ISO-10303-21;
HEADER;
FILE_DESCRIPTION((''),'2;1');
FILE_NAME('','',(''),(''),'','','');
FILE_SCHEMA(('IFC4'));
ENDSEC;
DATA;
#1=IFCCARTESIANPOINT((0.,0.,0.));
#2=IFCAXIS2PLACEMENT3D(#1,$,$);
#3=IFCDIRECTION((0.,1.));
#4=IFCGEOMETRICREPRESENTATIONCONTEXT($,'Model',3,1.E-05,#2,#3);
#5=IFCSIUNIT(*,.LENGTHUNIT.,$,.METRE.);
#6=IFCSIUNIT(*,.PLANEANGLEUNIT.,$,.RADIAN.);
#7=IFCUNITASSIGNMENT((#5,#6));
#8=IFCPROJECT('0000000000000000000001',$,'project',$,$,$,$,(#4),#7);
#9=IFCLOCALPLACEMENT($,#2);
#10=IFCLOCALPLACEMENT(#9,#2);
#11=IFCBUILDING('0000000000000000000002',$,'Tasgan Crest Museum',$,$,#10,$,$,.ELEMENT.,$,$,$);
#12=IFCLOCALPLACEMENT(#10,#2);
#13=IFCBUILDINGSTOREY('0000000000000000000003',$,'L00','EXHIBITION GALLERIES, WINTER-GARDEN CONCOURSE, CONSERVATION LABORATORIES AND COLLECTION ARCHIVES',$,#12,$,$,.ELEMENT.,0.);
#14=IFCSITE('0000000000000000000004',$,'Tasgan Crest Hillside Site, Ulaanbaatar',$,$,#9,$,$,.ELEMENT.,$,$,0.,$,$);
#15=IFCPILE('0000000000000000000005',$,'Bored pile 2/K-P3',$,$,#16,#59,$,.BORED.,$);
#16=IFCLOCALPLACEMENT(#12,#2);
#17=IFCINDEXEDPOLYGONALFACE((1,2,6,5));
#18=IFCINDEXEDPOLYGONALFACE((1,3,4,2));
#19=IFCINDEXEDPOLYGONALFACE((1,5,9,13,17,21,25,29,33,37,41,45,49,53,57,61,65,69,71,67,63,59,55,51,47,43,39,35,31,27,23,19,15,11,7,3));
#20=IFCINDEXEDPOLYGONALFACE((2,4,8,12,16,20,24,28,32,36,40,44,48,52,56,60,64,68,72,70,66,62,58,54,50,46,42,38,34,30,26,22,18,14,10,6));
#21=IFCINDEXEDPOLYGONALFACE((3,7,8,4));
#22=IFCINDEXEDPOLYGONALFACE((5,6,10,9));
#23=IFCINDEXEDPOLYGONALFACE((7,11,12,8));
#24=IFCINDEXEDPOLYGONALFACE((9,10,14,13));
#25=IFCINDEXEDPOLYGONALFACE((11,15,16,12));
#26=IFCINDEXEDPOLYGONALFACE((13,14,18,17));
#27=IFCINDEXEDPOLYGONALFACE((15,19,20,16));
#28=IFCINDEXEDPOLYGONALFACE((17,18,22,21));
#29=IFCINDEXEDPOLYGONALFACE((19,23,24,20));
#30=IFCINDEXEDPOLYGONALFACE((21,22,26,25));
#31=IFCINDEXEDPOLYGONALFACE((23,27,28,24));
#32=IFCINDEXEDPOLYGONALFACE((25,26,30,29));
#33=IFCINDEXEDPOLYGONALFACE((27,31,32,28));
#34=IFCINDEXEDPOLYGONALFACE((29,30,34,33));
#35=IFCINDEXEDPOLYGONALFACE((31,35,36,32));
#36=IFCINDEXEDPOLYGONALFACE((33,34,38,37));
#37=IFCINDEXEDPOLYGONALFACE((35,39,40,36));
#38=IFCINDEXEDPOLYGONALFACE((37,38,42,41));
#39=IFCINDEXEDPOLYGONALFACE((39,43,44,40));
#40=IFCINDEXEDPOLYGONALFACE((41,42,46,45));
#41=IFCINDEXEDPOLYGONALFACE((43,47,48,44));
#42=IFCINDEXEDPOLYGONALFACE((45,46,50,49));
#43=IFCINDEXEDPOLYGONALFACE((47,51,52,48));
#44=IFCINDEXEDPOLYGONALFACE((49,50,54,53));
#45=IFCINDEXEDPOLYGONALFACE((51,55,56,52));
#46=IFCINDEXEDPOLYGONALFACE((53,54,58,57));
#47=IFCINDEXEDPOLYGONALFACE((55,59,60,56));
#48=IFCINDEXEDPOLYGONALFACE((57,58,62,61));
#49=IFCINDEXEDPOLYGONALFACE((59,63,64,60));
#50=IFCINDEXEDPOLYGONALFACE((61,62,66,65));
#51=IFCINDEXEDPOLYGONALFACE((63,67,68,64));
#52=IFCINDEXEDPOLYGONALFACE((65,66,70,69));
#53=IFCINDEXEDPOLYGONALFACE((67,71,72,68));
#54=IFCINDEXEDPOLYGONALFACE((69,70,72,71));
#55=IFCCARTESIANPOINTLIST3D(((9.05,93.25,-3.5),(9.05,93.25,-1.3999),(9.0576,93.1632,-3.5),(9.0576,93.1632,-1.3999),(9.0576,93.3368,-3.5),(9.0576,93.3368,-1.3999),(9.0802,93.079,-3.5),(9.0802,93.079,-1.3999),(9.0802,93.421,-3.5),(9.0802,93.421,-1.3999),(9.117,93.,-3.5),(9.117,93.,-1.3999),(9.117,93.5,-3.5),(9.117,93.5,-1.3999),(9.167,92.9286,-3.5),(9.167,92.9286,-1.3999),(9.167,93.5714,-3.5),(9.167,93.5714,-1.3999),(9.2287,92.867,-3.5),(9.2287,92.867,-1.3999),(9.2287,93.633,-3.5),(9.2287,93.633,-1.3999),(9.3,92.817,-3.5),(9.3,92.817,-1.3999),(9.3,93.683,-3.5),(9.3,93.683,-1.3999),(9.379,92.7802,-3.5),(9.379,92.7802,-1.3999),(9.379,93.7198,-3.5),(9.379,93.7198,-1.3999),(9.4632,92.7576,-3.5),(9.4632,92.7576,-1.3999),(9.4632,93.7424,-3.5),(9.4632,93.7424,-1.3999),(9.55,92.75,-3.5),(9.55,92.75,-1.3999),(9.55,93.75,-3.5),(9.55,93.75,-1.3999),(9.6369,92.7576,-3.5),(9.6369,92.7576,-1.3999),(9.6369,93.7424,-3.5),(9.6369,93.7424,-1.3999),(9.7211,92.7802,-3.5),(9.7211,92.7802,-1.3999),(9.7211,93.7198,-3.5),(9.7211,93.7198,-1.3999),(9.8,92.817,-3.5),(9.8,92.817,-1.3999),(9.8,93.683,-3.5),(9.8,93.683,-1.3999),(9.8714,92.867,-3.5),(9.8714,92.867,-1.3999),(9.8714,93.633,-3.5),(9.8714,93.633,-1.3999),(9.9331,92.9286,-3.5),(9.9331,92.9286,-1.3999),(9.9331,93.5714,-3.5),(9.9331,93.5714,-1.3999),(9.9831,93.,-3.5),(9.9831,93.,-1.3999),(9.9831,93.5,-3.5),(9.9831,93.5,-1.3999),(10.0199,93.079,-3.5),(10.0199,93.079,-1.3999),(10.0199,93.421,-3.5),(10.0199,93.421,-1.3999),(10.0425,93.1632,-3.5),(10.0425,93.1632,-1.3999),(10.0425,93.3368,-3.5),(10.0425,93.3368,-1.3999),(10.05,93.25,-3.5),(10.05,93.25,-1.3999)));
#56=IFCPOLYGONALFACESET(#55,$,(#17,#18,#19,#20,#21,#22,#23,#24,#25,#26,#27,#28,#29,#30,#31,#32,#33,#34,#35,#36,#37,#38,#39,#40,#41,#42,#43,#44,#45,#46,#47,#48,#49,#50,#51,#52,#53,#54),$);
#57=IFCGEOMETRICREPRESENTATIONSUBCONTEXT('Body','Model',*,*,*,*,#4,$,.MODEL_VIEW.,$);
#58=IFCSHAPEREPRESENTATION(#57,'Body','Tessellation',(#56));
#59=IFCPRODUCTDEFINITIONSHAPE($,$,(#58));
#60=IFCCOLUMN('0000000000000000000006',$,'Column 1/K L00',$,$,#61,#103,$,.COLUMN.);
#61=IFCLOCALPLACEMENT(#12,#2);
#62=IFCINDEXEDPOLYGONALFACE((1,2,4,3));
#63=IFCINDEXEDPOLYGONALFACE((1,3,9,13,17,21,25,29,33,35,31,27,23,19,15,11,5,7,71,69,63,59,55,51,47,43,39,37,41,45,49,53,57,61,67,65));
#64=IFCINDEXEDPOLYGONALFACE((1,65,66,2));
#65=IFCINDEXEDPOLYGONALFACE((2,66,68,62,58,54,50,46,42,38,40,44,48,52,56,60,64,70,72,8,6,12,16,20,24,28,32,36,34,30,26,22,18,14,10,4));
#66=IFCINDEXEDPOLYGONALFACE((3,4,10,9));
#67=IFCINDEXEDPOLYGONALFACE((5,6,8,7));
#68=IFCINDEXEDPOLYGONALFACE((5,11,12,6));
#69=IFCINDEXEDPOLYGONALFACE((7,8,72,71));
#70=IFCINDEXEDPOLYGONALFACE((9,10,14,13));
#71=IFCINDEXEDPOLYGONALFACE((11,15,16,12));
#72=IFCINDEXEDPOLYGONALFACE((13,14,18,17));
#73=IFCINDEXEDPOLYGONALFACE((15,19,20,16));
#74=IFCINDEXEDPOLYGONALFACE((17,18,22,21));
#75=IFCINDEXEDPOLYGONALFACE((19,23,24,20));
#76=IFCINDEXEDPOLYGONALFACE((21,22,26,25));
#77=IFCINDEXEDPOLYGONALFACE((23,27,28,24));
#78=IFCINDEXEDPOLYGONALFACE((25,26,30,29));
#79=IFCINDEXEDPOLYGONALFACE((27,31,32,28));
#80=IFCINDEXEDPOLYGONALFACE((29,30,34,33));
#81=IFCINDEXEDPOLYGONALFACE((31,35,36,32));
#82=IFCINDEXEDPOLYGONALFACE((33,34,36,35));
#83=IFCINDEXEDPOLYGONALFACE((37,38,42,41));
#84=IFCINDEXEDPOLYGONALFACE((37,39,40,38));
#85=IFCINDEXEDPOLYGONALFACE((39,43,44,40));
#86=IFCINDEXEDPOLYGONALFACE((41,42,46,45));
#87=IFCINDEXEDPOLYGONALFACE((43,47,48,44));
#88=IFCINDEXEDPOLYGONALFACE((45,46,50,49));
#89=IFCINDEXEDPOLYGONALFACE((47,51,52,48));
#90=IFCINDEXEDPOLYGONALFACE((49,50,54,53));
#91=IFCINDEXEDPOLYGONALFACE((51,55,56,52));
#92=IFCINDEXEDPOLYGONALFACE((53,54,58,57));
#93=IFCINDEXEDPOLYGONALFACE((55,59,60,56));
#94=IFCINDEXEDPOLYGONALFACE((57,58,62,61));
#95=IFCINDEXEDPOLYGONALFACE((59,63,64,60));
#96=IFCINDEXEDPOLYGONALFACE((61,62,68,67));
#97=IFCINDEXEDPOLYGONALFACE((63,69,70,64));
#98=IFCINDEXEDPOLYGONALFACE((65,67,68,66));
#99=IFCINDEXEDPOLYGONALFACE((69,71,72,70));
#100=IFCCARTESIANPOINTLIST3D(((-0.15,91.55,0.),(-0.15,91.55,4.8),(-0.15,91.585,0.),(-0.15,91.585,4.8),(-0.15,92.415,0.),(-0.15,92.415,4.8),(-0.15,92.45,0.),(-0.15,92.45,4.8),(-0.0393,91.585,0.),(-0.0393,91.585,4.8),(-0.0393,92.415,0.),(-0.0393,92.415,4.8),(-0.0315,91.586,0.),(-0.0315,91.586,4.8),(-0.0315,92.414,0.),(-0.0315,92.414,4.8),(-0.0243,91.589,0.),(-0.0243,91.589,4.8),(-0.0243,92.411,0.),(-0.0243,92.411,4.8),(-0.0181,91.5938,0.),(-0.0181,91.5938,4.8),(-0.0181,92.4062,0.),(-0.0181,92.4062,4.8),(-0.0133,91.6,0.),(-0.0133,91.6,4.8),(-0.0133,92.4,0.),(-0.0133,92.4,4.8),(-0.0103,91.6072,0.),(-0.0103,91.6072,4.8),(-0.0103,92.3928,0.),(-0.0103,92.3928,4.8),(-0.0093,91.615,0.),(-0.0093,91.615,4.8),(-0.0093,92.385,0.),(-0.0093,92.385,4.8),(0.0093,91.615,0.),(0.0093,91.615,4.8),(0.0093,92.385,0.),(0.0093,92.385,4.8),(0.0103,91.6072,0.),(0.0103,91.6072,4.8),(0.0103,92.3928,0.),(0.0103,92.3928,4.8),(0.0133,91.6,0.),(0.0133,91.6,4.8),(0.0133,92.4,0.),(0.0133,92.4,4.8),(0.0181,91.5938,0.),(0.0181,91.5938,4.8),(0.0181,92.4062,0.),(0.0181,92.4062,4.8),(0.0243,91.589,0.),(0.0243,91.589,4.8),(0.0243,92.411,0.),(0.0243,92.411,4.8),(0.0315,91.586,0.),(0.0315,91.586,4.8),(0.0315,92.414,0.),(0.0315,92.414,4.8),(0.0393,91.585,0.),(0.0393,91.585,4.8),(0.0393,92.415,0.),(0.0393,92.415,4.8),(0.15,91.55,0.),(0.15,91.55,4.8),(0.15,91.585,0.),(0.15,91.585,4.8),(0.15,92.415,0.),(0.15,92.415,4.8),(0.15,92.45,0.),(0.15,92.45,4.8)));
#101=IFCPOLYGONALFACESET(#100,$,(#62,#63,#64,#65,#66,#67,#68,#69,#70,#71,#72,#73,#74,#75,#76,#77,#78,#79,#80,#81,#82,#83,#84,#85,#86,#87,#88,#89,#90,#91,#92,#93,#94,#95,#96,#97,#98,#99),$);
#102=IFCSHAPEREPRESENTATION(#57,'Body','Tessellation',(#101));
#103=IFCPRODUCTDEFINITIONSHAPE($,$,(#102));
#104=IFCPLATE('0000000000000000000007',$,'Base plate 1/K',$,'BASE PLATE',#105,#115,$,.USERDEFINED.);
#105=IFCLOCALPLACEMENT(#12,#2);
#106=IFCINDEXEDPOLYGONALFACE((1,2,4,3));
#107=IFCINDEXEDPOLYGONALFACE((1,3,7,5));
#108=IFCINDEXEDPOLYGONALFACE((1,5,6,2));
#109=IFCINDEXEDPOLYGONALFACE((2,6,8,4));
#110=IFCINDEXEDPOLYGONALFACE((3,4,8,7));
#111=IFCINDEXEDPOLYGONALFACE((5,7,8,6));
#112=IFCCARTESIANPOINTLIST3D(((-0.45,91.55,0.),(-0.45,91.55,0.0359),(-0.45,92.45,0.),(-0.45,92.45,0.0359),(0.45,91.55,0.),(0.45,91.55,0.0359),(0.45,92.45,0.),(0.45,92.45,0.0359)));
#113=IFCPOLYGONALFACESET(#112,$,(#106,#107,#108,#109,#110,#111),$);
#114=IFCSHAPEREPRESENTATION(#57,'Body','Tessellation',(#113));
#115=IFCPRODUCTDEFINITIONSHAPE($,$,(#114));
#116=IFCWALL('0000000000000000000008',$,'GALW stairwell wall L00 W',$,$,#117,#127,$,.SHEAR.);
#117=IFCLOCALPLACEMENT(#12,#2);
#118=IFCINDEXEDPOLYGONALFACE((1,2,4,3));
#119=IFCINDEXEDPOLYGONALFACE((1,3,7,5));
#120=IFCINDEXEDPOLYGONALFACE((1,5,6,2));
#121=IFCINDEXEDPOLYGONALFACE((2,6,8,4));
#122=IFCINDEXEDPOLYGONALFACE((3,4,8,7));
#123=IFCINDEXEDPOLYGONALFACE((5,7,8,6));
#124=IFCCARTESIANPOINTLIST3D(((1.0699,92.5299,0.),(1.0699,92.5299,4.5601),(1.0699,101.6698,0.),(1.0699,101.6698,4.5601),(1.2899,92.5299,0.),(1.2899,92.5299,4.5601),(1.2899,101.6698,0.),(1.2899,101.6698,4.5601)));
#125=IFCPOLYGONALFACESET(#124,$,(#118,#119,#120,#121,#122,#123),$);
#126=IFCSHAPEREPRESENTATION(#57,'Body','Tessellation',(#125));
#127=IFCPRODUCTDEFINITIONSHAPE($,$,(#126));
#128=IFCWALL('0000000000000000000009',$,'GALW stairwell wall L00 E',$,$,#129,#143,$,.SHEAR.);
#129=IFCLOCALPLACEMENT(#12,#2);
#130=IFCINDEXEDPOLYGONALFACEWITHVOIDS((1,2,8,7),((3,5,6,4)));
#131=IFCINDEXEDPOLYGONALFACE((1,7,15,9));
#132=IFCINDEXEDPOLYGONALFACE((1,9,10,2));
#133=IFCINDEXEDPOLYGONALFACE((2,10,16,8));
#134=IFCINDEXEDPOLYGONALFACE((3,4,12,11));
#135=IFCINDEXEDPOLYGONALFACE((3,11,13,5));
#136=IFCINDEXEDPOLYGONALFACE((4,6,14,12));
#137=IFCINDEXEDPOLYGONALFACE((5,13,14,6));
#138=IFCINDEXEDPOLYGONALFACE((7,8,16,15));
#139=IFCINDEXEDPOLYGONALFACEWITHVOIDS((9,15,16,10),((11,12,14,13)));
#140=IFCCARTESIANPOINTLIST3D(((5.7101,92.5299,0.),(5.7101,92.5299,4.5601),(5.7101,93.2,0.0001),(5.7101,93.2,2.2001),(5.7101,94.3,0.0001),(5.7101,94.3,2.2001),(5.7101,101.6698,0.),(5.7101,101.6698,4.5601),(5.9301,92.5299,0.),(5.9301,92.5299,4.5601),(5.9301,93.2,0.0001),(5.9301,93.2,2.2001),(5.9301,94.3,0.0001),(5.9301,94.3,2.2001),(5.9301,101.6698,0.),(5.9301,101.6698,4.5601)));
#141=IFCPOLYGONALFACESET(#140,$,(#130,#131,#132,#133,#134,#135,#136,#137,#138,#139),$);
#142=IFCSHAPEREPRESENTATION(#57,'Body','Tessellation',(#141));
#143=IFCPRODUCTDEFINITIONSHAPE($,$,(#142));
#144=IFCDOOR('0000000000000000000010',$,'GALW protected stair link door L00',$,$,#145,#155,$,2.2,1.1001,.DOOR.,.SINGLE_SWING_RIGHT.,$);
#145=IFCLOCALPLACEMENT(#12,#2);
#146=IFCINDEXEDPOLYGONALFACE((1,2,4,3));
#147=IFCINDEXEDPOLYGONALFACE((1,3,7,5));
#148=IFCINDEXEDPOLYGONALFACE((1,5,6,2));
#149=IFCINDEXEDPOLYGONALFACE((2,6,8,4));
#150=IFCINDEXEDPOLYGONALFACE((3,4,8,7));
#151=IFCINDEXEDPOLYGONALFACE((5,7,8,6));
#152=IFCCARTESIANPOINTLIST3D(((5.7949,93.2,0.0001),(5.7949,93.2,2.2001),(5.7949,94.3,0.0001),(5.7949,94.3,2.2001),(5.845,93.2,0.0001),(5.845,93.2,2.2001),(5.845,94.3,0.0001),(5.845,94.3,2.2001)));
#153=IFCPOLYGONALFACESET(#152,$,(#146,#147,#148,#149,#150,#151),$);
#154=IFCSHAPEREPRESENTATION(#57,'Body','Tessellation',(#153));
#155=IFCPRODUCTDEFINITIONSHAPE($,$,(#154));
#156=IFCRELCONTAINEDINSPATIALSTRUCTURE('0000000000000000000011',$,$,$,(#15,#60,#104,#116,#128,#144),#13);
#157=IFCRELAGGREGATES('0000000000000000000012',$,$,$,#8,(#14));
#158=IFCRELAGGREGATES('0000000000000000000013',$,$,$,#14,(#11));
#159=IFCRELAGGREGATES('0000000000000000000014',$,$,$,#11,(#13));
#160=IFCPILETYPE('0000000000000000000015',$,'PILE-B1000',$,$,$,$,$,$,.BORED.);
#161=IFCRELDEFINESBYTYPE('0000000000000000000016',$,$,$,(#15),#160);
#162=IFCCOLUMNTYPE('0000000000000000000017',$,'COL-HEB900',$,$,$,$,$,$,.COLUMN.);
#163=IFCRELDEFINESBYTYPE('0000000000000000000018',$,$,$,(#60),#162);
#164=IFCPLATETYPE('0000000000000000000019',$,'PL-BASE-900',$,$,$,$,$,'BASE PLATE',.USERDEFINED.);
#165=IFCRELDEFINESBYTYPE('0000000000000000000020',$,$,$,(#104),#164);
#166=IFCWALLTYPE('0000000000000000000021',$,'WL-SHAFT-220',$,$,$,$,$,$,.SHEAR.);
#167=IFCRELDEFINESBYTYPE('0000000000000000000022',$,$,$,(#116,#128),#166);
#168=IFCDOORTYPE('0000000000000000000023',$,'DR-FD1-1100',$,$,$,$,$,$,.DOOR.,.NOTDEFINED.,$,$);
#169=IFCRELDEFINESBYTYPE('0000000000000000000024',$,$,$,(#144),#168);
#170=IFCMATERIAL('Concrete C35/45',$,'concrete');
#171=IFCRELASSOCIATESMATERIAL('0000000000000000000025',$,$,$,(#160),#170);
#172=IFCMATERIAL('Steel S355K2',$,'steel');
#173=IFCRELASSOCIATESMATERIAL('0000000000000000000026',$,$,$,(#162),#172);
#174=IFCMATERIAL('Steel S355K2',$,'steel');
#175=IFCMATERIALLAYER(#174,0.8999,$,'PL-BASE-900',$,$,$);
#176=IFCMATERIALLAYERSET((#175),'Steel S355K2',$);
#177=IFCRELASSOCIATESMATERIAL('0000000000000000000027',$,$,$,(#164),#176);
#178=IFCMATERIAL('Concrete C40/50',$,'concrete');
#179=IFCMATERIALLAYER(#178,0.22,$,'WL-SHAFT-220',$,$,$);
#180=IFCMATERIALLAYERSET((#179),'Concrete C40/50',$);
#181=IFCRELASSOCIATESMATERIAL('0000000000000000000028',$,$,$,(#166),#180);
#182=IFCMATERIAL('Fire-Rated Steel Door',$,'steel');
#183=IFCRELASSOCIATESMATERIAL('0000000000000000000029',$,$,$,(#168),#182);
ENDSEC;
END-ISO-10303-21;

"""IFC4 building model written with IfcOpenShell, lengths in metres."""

from ifc_helpers import new_model, si_unit, direction, frame, frame_2d, origin, origin_2d, place, context, subcontext, project, spatial, rectangle, circle, i_section, extrude, material, layer, layer_set, material_profile, profile_set, type_object, element, fill, save


model = new_model("IFC4")

# Units and contexts
model_context = context("Model", 3, precision=1e-05, world=origin(), true_north=direction((0.0, 1.0)))
body_context = subcontext(model_context, "Body", "Model", "MODEL_VIEW")
ifc_project = project(units=[si_unit("LENGTHUNIT", "METRE"), si_unit("PLANEANGLEUNIT", "RADIAN")], contexts=[model_context])

# Site, building, storey
site_placement = place(None, origin())
site = spatial("IfcSite", under=ifc_project, at=site_placement, Name="Tasgan Crest Hillside Site, Ulaanbaatar", CompositionType="ELEMENT", RefElevation=0.0)
building_placement = place(site_placement, origin())
building = spatial("IfcBuilding", under=site, at=building_placement, Name="Tasgan Crest Museum", CompositionType="ELEMENT")
storey_placement = place(building_placement, origin())
storey = spatial("IfcBuildingStorey", under=building, at=storey_placement, Name="L00", Description="EXHIBITION GALLERIES, WINTER-GARDEN CONCOURSE, CONSERVATION LABORATORIES AND COLLECTION ARCHIVES", CompositionType="ELEMENT", Elevation=0.0)

# Pile
ifc_material_1 = material(Name="Concrete C35/45", Category="concrete")
ifc_material_profile_1 = material_profile(ifc_material_1, circle(Radius=0.5, at=origin_2d()), Name="PILE D1000")
ifc_profile_set_1 = profile_set([ifc_material_profile_1], Name="Concrete C35/45")
pile_type = type_object("IfcPileType", Name="PILE-B1000", PredefinedType="BORED", material=ifc_profile_set_1)
for number, where, z_axis, x_axis, name in (
    (1, (9.55, 93.25, -1.3999), (0.0, 0.0, -1.0), (1.0, 0.0, 0.0), "Bored pile 2/K-P3"),
):
    element("IfcPile", number, at=place(storey_placement, frame(where, z_axis=z_axis, x_axis=x_axis)), inside=storey, type_object=pile_type, Name=name, PredefinedType="BORED", context=body_context, shape_type="SweptSolid", body=[
        extrude(circle(Radius=0.5, at=origin_2d()), origin(), (0.0, 0.0, 1.0), 2.1001),
    ])

# Column
ifc_material_2 = material(Name="Steel S355K2", Category="steel")
ifc_material_profile_2 = material_profile(ifc_material_2, i_section(OverallWidth=0.3, OverallDepth=0.8999, WebThickness=0.0186, FlangeThickness=0.0349, FilletRadius=0.03, at=origin_2d()), Name="HEB 900")
ifc_profile_set_2 = profile_set([ifc_material_profile_2], Name="Steel S355K2")
column_type = type_object("IfcColumnType", Name="COL-HEB900", PredefinedType="COLUMN", material=ifc_profile_set_2)
column_placement = place(storey_placement, frame((0.0, 92.0, 0.0), z_axis=(0.0, 0.0, 1.0), x_axis=(1.0, 0.0, 0.0)))
element("IfcColumn", 2, at=column_placement, inside=storey, type_object=column_type, Name="Column 1/K L00", PredefinedType="COLUMN", context=body_context, shape_type="SweptSolid", body=[
    extrude(i_section(OverallWidth=0.3, OverallDepth=0.8999, WebThickness=0.0186, FlangeThickness=0.0349, FilletRadius=0.03, at=origin_2d()), origin(), (0.0, 0.0, 1.0), 4.8),
])

# Plate
ifc_material_3 = material(Name="Steel S355K2", Category="steel")
ifc_layer_1 = layer(ifc_material_3, 0.8999, Name="PL-BASE-900")
ifc_layer_set_1 = layer_set([ifc_layer_1], Name="Steel S355K2")
plate_type = type_object("IfcPlateType", Name="PL-BASE-900", ElementType="BASE PLATE", PredefinedType="USERDEFINED", material=ifc_layer_set_1)
plate_placement = place(storey_placement, frame((0.0, 92.0, 0.0), z_axis=(0.0, 0.0, 1.0), x_axis=(1.0, 0.0, 0.0)))
element("IfcPlate", 3, at=plate_placement, inside=storey, type_object=plate_type, Name="Base plate 1/K", ObjectType="BASE PLATE", PredefinedType="USERDEFINED", context=body_context, shape_type="SweptSolid", body=[
    extrude(rectangle(XDim=0.8999, YDim=0.8999, at=origin_2d()), origin(), (0.0, 0.0, 1.0), 0.0359),
])

# Wall
ifc_material_4 = material(Name="Concrete C40/50", Category="concrete")
ifc_layer_2 = layer(ifc_material_4, 0.22, Name="WL-SHAFT-220")
ifc_layer_set_2 = layer_set([ifc_layer_2], Name="Concrete C40/50")
wall_type_1 = type_object("IfcWallType", Name="WL-SHAFT-220", PredefinedType="SHEAR", material=ifc_layer_set_2)
wall_1_placement = place(storey_placement, frame((1.1799, 92.53, 0.0), z_axis=(0.0, 0.0, 1.0), x_axis=(0.0, 1.0, 0.0)))
element("IfcWall", 4, at=wall_1_placement, inside=storey, type_object=wall_type_1, Name="GALW stairwell wall L00 W", PredefinedType="SHEAR", context=body_context, shape_type="SweptSolid", body=[
    extrude(rectangle(XDim=9.1399, YDim=0.22, at=frame_2d((4.5698, 0.0))), origin(), (0.0, 0.0, 1.0), 4.5601),
])

# Wall, opening, door
wall_2_placement = place(storey_placement, frame((5.8201, 92.53, 0.0), z_axis=(0.0, 0.0, 1.0), x_axis=(0.0, 1.0, 0.0)))
wall_2 = element("IfcWall", 5, at=wall_2_placement, inside=storey, type_object=wall_type_1, Name="GALW stairwell wall L00 E", PredefinedType="SHEAR", context=body_context, shape_type="SweptSolid", body=[
    extrude(rectangle(XDim=9.1399, YDim=0.22, at=frame_2d((4.5698, 0.0))), origin(), (0.0, 0.0, 1.0), 4.5601),
])
opening_1_placement = place(wall_2_placement, frame((0.6699, 0.0, 0.0)))
opening_1 = element("IfcOpeningElement", 6, at=opening_1_placement, cuts=wall_2, PredefinedType="OPENING", context=body_context, shape_type="SweptSolid", body=[
    extrude(rectangle(XDim=1.1001, YDim=2.2, at=frame_2d((0.55, 1.1001))), frame((0.0, 0.1199, 0.0), z_axis=(0.0, -1.0, 0.0), x_axis=(1.0, 0.0, 0.0)), (0.0, 0.0, 1.0), 0.24),
])
ifc_material_5 = material(Name="Fire-Rated Steel Door", Category="steel")
door_type_1 = type_object("IfcDoorType", Name="DR-FD1-1100", OperationType="NOTDEFINED", PredefinedType="DOOR", material=ifc_material_5)
door_1_placement = place(opening_1_placement, frame((1.1001, 0.0, 0.0), z_axis=(0.0, 0.0, 1.0), x_axis=(-1.0, 0.0, 0.0)))
door_1 = element("IfcDoor", 7, at=door_1_placement, inside=storey, type_object=door_type_1, Name="GALW protected stair link door L00", OperationType="SINGLE_SWING_RIGHT", OverallHeight=2.2, OverallWidth=1.1001, PredefinedType="DOOR", context=body_context, shape_type="SweptSolid", body=[
    extrude(rectangle(XDim=1.1001, YDim=2.2, at=frame_2d((0.55, 1.1001))), frame((0.0, 0.0249, 0.0), z_axis=(0.0, -1.0, 0.0), x_axis=(1.0, 0.0, 0.0)), (0.0, 0.0, 1.0), 0.05),
])
fill(opening_1, door_1)

save(model, "model.ifc")
